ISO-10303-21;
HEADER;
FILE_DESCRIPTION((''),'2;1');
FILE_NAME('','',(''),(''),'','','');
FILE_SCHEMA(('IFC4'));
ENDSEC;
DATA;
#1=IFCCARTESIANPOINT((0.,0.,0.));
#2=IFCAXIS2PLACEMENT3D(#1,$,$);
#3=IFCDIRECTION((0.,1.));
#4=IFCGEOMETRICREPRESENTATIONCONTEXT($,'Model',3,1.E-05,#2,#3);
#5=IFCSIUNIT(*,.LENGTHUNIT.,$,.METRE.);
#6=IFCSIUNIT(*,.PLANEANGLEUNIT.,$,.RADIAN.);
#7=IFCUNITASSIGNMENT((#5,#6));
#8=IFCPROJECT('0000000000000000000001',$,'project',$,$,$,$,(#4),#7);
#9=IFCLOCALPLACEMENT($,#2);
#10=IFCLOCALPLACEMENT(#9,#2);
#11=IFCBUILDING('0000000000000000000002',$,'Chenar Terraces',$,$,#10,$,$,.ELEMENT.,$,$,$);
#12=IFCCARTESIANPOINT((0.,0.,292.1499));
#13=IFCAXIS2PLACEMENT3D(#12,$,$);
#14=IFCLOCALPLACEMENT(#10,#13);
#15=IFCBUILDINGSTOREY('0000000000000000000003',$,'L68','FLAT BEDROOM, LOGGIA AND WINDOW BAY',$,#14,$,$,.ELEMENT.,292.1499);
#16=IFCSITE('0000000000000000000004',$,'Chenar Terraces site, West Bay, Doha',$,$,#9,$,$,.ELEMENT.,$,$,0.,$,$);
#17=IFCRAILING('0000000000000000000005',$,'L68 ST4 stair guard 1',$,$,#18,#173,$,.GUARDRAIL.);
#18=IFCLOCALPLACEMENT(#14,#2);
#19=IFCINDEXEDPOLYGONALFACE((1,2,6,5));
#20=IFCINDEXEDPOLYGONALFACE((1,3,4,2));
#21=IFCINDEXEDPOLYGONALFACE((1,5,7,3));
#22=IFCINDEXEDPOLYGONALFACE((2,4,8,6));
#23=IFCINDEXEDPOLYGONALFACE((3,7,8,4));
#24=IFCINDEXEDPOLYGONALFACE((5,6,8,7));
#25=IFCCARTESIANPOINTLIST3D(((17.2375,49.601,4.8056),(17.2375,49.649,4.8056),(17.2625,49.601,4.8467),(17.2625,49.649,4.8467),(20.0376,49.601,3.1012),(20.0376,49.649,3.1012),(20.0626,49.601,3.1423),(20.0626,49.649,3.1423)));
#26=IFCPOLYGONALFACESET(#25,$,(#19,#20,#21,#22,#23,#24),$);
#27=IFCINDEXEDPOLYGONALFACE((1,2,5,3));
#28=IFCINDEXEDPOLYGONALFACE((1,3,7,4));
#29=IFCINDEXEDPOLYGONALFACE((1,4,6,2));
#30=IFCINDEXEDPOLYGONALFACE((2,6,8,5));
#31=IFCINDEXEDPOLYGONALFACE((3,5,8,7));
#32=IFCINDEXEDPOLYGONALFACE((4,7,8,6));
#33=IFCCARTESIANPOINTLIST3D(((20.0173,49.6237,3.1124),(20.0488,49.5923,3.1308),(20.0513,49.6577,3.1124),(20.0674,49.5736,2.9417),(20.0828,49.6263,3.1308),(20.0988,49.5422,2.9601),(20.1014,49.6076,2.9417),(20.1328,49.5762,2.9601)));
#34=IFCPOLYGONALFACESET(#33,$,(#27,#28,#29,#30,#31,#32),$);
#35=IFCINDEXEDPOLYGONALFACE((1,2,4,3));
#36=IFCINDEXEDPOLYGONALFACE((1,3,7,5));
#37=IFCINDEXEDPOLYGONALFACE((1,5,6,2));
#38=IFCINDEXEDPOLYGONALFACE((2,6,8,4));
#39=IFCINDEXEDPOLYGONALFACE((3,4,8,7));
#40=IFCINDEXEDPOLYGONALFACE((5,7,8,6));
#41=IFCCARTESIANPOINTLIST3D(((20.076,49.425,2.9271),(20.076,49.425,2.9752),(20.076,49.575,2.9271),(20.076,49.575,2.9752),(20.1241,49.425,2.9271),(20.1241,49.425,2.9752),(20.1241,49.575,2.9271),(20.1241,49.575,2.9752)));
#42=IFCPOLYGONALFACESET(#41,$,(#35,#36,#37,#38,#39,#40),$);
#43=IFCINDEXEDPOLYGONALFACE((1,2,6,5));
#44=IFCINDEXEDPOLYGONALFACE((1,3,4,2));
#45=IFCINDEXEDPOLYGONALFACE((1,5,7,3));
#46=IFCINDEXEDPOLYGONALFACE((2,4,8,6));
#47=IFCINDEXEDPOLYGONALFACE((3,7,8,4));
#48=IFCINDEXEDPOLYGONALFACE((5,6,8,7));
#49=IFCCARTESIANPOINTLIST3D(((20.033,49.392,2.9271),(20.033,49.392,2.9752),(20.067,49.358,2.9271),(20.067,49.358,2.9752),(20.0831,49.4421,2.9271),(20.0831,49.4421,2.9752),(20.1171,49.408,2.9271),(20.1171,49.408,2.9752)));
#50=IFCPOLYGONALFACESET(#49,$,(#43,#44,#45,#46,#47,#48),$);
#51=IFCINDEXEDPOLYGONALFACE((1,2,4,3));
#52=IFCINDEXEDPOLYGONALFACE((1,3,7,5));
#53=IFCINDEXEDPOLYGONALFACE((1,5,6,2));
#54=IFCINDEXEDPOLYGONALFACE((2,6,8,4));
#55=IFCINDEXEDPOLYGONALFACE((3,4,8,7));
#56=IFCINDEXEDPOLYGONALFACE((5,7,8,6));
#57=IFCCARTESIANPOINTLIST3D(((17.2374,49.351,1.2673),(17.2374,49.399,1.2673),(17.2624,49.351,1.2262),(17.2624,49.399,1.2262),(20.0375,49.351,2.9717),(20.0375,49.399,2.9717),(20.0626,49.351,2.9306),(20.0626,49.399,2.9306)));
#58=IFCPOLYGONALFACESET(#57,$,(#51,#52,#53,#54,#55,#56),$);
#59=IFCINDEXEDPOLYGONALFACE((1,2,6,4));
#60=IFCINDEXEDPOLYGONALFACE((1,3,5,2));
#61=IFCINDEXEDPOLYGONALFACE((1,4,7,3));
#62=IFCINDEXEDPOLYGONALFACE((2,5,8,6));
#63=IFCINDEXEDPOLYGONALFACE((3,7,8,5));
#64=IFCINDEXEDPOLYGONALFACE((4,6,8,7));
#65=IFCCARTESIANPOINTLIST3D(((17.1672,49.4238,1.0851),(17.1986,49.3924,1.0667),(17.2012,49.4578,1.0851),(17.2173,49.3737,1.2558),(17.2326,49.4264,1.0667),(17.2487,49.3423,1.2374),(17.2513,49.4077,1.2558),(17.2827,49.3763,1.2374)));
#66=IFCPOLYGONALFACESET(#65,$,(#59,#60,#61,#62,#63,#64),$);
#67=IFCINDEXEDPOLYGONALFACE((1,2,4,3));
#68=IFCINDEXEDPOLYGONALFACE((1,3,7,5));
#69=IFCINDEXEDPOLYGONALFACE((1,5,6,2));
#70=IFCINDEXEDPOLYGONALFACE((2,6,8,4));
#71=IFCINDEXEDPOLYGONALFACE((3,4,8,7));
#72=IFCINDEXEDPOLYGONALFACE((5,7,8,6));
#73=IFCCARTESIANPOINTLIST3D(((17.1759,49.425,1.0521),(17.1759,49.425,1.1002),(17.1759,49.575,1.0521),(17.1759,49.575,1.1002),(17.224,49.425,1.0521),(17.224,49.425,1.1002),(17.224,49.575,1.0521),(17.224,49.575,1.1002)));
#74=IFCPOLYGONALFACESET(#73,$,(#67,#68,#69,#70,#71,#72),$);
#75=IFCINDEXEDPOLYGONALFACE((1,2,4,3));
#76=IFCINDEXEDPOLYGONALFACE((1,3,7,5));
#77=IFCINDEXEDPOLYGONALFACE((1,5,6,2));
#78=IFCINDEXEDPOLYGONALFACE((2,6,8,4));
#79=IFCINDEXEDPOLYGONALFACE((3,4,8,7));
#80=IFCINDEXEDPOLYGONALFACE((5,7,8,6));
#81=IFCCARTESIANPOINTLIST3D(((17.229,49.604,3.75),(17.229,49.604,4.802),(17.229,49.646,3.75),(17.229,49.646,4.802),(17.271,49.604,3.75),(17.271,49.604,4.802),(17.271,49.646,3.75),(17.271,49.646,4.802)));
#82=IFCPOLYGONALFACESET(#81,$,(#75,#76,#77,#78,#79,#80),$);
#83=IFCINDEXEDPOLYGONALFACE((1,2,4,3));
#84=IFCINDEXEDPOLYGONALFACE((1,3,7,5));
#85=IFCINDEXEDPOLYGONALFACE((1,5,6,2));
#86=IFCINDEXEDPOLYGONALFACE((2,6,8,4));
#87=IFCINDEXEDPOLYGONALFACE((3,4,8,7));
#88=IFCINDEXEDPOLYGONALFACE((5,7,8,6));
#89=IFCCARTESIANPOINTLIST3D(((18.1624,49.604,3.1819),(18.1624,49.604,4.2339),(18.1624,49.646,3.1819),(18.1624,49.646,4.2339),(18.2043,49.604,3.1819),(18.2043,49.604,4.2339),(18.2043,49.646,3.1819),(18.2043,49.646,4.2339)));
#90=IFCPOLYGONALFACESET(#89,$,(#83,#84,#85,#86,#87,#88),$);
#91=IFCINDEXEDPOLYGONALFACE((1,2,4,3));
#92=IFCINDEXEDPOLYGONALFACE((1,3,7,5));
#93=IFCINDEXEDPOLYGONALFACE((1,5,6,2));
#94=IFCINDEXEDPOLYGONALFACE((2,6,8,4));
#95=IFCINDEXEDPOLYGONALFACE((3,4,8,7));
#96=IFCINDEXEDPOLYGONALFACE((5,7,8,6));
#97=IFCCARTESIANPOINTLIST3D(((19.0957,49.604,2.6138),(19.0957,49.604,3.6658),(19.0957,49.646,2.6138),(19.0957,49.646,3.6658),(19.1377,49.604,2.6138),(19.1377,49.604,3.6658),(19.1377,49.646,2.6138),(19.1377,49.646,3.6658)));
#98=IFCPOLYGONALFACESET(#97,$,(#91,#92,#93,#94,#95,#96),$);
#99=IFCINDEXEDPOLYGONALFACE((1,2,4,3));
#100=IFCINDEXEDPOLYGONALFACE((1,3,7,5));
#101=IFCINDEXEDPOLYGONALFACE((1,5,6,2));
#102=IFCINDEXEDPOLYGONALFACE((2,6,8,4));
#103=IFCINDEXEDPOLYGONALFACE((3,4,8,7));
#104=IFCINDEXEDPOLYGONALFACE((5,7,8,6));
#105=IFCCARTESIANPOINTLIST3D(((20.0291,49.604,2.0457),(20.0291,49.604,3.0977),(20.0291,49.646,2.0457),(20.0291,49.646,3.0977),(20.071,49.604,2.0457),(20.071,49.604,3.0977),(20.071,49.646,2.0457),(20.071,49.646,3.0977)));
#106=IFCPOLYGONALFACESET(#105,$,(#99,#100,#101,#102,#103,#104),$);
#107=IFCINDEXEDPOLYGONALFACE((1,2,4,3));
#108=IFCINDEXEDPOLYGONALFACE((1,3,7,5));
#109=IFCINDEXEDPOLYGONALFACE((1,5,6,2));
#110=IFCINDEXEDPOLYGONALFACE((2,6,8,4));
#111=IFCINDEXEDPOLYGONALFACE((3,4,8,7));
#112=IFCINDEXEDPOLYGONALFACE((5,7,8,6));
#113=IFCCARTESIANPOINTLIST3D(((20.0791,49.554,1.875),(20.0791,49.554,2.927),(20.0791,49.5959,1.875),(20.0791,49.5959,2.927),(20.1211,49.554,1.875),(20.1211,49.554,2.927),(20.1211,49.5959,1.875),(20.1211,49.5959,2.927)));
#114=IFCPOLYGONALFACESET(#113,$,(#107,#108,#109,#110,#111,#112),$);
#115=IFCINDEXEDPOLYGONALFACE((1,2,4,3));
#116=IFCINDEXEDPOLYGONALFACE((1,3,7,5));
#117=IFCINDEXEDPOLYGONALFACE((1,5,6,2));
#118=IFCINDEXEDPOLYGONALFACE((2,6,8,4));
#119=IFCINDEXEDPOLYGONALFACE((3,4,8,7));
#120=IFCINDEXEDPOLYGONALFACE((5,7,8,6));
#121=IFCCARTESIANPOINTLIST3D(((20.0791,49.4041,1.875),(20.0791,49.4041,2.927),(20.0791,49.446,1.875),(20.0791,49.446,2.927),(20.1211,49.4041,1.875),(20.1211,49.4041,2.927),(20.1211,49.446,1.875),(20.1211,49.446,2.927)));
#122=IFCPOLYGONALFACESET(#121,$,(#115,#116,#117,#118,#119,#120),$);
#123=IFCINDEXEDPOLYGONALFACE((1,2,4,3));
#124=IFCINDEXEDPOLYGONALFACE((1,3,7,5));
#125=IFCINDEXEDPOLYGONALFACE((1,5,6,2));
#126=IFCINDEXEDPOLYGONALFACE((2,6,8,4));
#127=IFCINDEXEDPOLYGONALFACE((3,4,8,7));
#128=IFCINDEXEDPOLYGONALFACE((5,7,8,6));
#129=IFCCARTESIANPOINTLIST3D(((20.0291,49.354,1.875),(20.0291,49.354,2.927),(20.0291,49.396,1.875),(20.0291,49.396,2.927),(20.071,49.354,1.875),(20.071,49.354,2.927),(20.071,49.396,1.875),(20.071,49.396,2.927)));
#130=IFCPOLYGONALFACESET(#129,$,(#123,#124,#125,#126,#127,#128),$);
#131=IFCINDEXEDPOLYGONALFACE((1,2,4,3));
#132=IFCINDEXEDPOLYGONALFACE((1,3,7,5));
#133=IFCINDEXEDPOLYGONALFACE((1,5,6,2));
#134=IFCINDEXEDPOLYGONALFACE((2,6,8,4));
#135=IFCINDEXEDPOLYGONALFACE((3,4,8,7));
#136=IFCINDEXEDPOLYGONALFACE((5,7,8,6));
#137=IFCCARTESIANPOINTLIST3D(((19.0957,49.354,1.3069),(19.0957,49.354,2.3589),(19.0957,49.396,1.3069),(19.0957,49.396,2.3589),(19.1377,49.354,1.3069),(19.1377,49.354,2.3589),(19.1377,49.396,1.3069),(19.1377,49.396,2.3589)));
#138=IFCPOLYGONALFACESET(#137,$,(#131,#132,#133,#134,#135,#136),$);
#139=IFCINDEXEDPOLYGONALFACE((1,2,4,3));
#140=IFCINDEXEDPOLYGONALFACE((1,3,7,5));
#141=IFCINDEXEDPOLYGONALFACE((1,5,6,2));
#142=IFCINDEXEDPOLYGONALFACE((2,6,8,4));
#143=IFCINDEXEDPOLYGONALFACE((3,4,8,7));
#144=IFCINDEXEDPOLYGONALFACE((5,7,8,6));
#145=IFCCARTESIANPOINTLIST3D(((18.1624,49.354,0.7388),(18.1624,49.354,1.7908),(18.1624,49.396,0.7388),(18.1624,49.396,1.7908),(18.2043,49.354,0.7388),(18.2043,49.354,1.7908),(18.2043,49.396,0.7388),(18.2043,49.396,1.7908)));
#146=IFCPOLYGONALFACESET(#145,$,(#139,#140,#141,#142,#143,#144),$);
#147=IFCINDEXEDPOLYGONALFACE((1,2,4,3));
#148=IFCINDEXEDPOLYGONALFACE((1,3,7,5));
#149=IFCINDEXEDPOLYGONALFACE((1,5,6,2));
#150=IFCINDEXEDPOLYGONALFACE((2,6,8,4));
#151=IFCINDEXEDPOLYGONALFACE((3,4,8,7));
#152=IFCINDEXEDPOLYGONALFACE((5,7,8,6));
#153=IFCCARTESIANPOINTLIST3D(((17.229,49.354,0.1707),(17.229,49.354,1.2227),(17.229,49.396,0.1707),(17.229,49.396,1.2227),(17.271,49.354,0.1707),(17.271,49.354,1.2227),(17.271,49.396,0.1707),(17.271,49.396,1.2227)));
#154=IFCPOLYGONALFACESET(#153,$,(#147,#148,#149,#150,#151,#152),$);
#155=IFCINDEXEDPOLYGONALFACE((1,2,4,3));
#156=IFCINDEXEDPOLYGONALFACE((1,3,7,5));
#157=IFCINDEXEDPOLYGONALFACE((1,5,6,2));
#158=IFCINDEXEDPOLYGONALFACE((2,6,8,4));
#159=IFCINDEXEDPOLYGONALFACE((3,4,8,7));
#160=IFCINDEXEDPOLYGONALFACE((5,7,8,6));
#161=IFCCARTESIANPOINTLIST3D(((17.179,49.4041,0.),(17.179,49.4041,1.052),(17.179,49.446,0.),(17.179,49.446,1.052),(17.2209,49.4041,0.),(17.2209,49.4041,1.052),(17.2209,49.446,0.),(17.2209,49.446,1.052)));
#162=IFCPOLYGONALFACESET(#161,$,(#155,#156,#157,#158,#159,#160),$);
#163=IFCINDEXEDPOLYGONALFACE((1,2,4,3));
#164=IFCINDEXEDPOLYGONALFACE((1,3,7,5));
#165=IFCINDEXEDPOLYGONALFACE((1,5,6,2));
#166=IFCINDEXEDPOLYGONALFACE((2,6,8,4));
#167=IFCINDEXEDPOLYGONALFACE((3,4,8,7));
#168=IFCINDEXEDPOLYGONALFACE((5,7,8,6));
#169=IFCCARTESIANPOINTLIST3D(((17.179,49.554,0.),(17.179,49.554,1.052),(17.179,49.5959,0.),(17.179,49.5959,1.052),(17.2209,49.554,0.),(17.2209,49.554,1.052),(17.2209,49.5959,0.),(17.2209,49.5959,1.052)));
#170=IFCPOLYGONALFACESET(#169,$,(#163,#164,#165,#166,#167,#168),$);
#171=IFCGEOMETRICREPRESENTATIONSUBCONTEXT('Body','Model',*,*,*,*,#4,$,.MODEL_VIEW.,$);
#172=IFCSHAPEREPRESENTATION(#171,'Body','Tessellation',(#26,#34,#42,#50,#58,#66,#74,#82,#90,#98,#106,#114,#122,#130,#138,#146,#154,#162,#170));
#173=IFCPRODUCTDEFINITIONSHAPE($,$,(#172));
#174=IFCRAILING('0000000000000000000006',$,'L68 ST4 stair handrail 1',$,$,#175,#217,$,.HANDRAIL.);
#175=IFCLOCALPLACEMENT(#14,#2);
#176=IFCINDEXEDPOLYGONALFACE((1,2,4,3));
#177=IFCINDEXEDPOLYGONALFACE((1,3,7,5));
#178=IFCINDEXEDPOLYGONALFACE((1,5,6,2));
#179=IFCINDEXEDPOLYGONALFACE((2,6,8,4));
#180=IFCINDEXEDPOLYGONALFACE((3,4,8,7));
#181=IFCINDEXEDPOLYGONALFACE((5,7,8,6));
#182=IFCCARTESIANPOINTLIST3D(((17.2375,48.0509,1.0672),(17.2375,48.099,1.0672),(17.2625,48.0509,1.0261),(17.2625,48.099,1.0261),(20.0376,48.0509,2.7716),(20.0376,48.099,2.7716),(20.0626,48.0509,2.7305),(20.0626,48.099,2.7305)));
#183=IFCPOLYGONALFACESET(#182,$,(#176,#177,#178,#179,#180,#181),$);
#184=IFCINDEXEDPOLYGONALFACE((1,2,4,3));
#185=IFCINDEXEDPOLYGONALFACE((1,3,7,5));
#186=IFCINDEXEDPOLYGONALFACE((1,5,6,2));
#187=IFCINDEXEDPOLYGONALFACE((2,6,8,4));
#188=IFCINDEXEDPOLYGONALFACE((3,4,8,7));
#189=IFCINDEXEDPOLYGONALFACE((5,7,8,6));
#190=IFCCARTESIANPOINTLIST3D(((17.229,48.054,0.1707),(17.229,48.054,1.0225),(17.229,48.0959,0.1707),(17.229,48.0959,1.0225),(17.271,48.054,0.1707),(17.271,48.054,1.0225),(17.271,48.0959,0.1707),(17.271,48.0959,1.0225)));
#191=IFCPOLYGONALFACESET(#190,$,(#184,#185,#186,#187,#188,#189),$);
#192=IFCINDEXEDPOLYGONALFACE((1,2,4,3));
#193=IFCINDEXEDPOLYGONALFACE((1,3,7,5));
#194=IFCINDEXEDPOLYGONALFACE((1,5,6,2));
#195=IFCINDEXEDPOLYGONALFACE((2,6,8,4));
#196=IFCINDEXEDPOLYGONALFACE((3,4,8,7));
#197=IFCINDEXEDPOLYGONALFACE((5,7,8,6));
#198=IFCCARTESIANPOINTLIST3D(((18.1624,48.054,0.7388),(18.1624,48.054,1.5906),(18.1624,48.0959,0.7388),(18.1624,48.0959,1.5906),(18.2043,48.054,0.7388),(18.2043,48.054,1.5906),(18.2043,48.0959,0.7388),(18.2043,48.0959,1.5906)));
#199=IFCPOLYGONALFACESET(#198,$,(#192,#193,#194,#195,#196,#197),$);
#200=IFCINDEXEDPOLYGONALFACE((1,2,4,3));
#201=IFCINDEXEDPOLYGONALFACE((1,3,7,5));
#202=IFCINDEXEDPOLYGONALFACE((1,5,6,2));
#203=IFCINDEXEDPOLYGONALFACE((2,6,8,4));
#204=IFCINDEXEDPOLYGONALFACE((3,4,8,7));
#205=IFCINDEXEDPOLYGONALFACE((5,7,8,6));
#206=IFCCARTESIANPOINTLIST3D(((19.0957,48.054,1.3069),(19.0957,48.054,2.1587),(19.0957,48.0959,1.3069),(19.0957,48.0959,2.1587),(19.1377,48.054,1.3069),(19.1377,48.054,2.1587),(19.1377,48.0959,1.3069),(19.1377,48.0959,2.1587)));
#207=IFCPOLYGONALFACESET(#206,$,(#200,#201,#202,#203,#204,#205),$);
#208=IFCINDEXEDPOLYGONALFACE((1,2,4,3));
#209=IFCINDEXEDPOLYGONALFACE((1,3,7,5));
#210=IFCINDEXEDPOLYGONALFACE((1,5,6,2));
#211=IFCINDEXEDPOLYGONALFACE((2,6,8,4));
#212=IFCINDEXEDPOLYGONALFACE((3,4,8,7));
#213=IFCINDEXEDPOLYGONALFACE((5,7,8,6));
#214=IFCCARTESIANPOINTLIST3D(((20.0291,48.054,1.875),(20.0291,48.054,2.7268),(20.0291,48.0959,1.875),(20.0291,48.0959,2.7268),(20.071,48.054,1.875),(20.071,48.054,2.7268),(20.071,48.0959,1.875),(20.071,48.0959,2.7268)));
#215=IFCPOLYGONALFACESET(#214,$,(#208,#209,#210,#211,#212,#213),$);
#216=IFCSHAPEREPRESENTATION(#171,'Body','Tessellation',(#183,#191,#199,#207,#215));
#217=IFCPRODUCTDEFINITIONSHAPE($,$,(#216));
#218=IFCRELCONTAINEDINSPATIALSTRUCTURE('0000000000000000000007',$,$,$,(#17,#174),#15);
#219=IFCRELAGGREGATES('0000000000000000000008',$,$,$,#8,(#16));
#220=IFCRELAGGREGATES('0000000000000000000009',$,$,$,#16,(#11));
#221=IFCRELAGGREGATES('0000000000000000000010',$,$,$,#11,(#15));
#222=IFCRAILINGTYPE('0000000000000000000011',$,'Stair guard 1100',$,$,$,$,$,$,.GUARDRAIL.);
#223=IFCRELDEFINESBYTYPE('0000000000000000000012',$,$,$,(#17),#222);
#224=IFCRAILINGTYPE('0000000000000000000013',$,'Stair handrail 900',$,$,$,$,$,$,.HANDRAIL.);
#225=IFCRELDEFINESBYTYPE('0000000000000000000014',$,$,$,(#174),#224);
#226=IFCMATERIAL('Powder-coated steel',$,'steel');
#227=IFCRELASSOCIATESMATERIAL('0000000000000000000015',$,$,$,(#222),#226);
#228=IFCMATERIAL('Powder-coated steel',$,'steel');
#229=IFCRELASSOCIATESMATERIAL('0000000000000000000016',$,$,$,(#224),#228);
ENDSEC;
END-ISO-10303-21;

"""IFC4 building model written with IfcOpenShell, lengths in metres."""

from ifc_helpers import new_model, si_unit, direction, frame, origin, origin_2d, place, context, subcontext, project, spatial, rectangle, extrude, material, type_object, element, save


model = new_model("IFC4")

# Units and contexts
model_context = context("Model", 3, precision=1e-05, world=origin(), true_north=direction((0.0, 1.0)))
body_context = subcontext(model_context, "Body", "Model", "MODEL_VIEW")
ifc_project = project(units=[si_unit("LENGTHUNIT", "METRE"), si_unit("PLANEANGLEUNIT", "RADIAN")], contexts=[model_context])

# Site, building, storey
site_placement = place(None, origin())
site = spatial("IfcSite", under=ifc_project, at=site_placement, Name="Chenar Terraces site, West Bay, Doha", CompositionType="ELEMENT", RefElevation=0.0)
building_placement = place(site_placement, origin())
building = spatial("IfcBuilding", under=site, at=building_placement, Name="Chenar Terraces", CompositionType="ELEMENT")
storey_placement = place(building_placement, frame((0.0, 0.0, 292.1499)))
storey = spatial("IfcBuildingStorey", under=building, at=storey_placement, Name="L68", Description="FLAT BEDROOM, LOGGIA AND WINDOW BAY", CompositionType="ELEMENT", Elevation=292.1499)

# Railings
ifc_material_1 = material(Name="Powder-coated steel", Category="steel")
railing_type_1 = type_object("IfcRailingType", Name="Stair guard 1100", PredefinedType="GUARDRAIL", material=ifc_material_1)
railing_1_placement = place(storey_placement, frame((17.25, 49.625, 3.75)))
element("IfcRailing", 1, at=railing_1_placement, inside=storey, type_object=railing_type_1, Name="L68 ST4 stair guard 1", PredefinedType="GUARDRAIL", context=body_context, shape_type="SweptSolid", body=[
    extrude(rectangle(XDim=0.0481, YDim=0.0481, at=origin_2d()), frame((0.0, 0.0, 1.0762), z_axis=(0.854203, 0.0, -0.51994), x_axis=(0.0, 1.0, 0.0)), (0.0, 0.0, 1.0), 3.2781),
    extrude(rectangle(XDim=0.0481, YDim=0.0481, at=origin_2d()), frame((2.8, 0.0, -0.6284), z_axis=(0.2709, -0.2709, -0.923703), x_axis=(0.707107, 0.707107, 0.0)), (0.0, 0.0, 1.0), 0.1848),
    extrude(rectangle(XDim=0.0481, YDim=0.0481, at=origin_2d()), frame((2.8501, -0.05, -0.7988), z_axis=(0.0, -1.0, 0.0), x_axis=(1.0, 0.0, 0.0)), (0.0, 0.0, 1.0), 0.1499),
    extrude(rectangle(XDim=0.0481, YDim=0.0481, at=origin_2d()), frame((2.8501, -0.2, -0.7988), z_axis=(-0.707107, -0.707107, 0.0), x_axis=(0.707107, -0.707107, 0.0)), (0.0, 0.0, 1.0), 0.0708),
    extrude(rectangle(XDim=0.0481, YDim=0.0481, at=origin_2d()), frame((2.8, -0.25, -0.7988), z_axis=(-0.854203, 0.0, -0.51994), x_axis=(0.0, -1.0, 0.0)), (0.0, 0.0, 1.0), 3.2781),
    extrude(rectangle(XDim=0.0481, YDim=0.0481, at=origin_2d()), frame((0.0, -0.25, -2.5034), z_axis=(-0.2709, 0.2709, -0.923703), x_axis=(-0.707107, -0.707107, 0.0)), (0.0, 0.0, 1.0), 0.1848),
    extrude(rectangle(XDim=0.0481, YDim=0.0481, at=origin_2d()), frame((-0.05, -0.2, -2.6738), z_axis=(0.0, 1.0, 0.0), x_axis=(-1.0, 0.0, 0.0)), (0.0, 0.0, 1.0), 0.1499),
    extrude(rectangle(XDim=0.042, YDim=0.042, at=origin_2d()), origin(), (0.0, 0.0, 1.0), 1.052),
    extrude(rectangle(XDim=0.042, YDim=0.042, at=origin_2d()), frame((0.9333, 0.0, -0.5681)), (0.0, 0.0, 1.0), 1.052),
    extrude(rectangle(XDim=0.042, YDim=0.042, at=origin_2d()), frame((1.8667, 0.0, -1.1362)), (0.0, 0.0, 1.0), 1.052),
    extrude(rectangle(XDim=0.042, YDim=0.042, at=origin_2d()), frame((2.8, 0.0, -1.7043)), (0.0, 0.0, 1.0), 1.052),
    extrude(rectangle(XDim=0.042, YDim=0.042, at=origin_2d()), frame((2.8501, -0.05, -1.875)), (0.0, 0.0, 1.0), 1.052),
    extrude(rectangle(XDim=0.042, YDim=0.042, at=origin_2d()), frame((2.8501, -0.2, -1.875)), (0.0, 0.0, 1.0), 1.052),
    extrude(rectangle(XDim=0.042, YDim=0.042, at=origin_2d()), frame((2.8, -0.25, -1.875)), (0.0, 0.0, 1.0), 1.052),
    extrude(rectangle(XDim=0.042, YDim=0.042, at=origin_2d()), frame((1.8667, -0.25, -2.4431)), (0.0, 0.0, 1.0), 1.052),
    extrude(rectangle(XDim=0.042, YDim=0.042, at=origin_2d()), frame((0.9333, -0.25, -3.0112)), (0.0, 0.0, 1.0), 1.052),
    extrude(rectangle(XDim=0.042, YDim=0.042, at=origin_2d()), frame((0.0, -0.25, -3.5793)), (0.0, 0.0, 1.0), 1.052),
    extrude(rectangle(XDim=0.042, YDim=0.042, at=origin_2d()), frame((-0.05, -0.2, -3.75)), (0.0, 0.0, 1.0), 1.052),
    extrude(rectangle(XDim=0.042, YDim=0.042, at=origin_2d()), frame((-0.05, -0.05, -3.75)), (0.0, 0.0, 1.0), 1.052),
])
ifc_material_2 = material(Name="Powder-coated steel", Category="steel")
railing_type_2 = type_object("IfcRailingType", Name="Stair handrail 900", PredefinedType="HANDRAIL", material=ifc_material_2)
railing_2_placement = place(storey_placement, frame((17.25, 48.075, 0.1707)))
element("IfcRailing", 2, at=railing_2_placement, inside=storey, type_object=railing_type_2, Name="L68 ST4 stair handrail 1", PredefinedType="HANDRAIL", context=body_context, shape_type="SweptSolid", body=[
    extrude(rectangle(XDim=0.0481, YDim=0.0481, at=origin_2d()), frame((0.0, 0.0, 0.876), z_axis=(0.854203, 0.0, 0.51994), x_axis=(0.0, 1.0, 0.0)), (0.0, 0.0, 1.0), 3.2781),
    extrude(rectangle(XDim=0.042, YDim=0.042, at=origin_2d()), origin(), (0.0, 0.0, 1.0), 0.8518),
    extrude(rectangle(XDim=0.042, YDim=0.042, at=origin_2d()), frame((0.9333, 0.0, 0.5681)), (0.0, 0.0, 1.0), 0.8518),
    extrude(rectangle(XDim=0.042, YDim=0.042, at=origin_2d()), frame((1.8667, 0.0, 1.1362)), (0.0, 0.0, 1.0), 0.8518),
    extrude(rectangle(XDim=0.042, YDim=0.042, at=origin_2d()), frame((2.8, 0.0, 1.7043)), (0.0, 0.0, 1.0), 0.8518),
])

save(model, "model.ifc")
